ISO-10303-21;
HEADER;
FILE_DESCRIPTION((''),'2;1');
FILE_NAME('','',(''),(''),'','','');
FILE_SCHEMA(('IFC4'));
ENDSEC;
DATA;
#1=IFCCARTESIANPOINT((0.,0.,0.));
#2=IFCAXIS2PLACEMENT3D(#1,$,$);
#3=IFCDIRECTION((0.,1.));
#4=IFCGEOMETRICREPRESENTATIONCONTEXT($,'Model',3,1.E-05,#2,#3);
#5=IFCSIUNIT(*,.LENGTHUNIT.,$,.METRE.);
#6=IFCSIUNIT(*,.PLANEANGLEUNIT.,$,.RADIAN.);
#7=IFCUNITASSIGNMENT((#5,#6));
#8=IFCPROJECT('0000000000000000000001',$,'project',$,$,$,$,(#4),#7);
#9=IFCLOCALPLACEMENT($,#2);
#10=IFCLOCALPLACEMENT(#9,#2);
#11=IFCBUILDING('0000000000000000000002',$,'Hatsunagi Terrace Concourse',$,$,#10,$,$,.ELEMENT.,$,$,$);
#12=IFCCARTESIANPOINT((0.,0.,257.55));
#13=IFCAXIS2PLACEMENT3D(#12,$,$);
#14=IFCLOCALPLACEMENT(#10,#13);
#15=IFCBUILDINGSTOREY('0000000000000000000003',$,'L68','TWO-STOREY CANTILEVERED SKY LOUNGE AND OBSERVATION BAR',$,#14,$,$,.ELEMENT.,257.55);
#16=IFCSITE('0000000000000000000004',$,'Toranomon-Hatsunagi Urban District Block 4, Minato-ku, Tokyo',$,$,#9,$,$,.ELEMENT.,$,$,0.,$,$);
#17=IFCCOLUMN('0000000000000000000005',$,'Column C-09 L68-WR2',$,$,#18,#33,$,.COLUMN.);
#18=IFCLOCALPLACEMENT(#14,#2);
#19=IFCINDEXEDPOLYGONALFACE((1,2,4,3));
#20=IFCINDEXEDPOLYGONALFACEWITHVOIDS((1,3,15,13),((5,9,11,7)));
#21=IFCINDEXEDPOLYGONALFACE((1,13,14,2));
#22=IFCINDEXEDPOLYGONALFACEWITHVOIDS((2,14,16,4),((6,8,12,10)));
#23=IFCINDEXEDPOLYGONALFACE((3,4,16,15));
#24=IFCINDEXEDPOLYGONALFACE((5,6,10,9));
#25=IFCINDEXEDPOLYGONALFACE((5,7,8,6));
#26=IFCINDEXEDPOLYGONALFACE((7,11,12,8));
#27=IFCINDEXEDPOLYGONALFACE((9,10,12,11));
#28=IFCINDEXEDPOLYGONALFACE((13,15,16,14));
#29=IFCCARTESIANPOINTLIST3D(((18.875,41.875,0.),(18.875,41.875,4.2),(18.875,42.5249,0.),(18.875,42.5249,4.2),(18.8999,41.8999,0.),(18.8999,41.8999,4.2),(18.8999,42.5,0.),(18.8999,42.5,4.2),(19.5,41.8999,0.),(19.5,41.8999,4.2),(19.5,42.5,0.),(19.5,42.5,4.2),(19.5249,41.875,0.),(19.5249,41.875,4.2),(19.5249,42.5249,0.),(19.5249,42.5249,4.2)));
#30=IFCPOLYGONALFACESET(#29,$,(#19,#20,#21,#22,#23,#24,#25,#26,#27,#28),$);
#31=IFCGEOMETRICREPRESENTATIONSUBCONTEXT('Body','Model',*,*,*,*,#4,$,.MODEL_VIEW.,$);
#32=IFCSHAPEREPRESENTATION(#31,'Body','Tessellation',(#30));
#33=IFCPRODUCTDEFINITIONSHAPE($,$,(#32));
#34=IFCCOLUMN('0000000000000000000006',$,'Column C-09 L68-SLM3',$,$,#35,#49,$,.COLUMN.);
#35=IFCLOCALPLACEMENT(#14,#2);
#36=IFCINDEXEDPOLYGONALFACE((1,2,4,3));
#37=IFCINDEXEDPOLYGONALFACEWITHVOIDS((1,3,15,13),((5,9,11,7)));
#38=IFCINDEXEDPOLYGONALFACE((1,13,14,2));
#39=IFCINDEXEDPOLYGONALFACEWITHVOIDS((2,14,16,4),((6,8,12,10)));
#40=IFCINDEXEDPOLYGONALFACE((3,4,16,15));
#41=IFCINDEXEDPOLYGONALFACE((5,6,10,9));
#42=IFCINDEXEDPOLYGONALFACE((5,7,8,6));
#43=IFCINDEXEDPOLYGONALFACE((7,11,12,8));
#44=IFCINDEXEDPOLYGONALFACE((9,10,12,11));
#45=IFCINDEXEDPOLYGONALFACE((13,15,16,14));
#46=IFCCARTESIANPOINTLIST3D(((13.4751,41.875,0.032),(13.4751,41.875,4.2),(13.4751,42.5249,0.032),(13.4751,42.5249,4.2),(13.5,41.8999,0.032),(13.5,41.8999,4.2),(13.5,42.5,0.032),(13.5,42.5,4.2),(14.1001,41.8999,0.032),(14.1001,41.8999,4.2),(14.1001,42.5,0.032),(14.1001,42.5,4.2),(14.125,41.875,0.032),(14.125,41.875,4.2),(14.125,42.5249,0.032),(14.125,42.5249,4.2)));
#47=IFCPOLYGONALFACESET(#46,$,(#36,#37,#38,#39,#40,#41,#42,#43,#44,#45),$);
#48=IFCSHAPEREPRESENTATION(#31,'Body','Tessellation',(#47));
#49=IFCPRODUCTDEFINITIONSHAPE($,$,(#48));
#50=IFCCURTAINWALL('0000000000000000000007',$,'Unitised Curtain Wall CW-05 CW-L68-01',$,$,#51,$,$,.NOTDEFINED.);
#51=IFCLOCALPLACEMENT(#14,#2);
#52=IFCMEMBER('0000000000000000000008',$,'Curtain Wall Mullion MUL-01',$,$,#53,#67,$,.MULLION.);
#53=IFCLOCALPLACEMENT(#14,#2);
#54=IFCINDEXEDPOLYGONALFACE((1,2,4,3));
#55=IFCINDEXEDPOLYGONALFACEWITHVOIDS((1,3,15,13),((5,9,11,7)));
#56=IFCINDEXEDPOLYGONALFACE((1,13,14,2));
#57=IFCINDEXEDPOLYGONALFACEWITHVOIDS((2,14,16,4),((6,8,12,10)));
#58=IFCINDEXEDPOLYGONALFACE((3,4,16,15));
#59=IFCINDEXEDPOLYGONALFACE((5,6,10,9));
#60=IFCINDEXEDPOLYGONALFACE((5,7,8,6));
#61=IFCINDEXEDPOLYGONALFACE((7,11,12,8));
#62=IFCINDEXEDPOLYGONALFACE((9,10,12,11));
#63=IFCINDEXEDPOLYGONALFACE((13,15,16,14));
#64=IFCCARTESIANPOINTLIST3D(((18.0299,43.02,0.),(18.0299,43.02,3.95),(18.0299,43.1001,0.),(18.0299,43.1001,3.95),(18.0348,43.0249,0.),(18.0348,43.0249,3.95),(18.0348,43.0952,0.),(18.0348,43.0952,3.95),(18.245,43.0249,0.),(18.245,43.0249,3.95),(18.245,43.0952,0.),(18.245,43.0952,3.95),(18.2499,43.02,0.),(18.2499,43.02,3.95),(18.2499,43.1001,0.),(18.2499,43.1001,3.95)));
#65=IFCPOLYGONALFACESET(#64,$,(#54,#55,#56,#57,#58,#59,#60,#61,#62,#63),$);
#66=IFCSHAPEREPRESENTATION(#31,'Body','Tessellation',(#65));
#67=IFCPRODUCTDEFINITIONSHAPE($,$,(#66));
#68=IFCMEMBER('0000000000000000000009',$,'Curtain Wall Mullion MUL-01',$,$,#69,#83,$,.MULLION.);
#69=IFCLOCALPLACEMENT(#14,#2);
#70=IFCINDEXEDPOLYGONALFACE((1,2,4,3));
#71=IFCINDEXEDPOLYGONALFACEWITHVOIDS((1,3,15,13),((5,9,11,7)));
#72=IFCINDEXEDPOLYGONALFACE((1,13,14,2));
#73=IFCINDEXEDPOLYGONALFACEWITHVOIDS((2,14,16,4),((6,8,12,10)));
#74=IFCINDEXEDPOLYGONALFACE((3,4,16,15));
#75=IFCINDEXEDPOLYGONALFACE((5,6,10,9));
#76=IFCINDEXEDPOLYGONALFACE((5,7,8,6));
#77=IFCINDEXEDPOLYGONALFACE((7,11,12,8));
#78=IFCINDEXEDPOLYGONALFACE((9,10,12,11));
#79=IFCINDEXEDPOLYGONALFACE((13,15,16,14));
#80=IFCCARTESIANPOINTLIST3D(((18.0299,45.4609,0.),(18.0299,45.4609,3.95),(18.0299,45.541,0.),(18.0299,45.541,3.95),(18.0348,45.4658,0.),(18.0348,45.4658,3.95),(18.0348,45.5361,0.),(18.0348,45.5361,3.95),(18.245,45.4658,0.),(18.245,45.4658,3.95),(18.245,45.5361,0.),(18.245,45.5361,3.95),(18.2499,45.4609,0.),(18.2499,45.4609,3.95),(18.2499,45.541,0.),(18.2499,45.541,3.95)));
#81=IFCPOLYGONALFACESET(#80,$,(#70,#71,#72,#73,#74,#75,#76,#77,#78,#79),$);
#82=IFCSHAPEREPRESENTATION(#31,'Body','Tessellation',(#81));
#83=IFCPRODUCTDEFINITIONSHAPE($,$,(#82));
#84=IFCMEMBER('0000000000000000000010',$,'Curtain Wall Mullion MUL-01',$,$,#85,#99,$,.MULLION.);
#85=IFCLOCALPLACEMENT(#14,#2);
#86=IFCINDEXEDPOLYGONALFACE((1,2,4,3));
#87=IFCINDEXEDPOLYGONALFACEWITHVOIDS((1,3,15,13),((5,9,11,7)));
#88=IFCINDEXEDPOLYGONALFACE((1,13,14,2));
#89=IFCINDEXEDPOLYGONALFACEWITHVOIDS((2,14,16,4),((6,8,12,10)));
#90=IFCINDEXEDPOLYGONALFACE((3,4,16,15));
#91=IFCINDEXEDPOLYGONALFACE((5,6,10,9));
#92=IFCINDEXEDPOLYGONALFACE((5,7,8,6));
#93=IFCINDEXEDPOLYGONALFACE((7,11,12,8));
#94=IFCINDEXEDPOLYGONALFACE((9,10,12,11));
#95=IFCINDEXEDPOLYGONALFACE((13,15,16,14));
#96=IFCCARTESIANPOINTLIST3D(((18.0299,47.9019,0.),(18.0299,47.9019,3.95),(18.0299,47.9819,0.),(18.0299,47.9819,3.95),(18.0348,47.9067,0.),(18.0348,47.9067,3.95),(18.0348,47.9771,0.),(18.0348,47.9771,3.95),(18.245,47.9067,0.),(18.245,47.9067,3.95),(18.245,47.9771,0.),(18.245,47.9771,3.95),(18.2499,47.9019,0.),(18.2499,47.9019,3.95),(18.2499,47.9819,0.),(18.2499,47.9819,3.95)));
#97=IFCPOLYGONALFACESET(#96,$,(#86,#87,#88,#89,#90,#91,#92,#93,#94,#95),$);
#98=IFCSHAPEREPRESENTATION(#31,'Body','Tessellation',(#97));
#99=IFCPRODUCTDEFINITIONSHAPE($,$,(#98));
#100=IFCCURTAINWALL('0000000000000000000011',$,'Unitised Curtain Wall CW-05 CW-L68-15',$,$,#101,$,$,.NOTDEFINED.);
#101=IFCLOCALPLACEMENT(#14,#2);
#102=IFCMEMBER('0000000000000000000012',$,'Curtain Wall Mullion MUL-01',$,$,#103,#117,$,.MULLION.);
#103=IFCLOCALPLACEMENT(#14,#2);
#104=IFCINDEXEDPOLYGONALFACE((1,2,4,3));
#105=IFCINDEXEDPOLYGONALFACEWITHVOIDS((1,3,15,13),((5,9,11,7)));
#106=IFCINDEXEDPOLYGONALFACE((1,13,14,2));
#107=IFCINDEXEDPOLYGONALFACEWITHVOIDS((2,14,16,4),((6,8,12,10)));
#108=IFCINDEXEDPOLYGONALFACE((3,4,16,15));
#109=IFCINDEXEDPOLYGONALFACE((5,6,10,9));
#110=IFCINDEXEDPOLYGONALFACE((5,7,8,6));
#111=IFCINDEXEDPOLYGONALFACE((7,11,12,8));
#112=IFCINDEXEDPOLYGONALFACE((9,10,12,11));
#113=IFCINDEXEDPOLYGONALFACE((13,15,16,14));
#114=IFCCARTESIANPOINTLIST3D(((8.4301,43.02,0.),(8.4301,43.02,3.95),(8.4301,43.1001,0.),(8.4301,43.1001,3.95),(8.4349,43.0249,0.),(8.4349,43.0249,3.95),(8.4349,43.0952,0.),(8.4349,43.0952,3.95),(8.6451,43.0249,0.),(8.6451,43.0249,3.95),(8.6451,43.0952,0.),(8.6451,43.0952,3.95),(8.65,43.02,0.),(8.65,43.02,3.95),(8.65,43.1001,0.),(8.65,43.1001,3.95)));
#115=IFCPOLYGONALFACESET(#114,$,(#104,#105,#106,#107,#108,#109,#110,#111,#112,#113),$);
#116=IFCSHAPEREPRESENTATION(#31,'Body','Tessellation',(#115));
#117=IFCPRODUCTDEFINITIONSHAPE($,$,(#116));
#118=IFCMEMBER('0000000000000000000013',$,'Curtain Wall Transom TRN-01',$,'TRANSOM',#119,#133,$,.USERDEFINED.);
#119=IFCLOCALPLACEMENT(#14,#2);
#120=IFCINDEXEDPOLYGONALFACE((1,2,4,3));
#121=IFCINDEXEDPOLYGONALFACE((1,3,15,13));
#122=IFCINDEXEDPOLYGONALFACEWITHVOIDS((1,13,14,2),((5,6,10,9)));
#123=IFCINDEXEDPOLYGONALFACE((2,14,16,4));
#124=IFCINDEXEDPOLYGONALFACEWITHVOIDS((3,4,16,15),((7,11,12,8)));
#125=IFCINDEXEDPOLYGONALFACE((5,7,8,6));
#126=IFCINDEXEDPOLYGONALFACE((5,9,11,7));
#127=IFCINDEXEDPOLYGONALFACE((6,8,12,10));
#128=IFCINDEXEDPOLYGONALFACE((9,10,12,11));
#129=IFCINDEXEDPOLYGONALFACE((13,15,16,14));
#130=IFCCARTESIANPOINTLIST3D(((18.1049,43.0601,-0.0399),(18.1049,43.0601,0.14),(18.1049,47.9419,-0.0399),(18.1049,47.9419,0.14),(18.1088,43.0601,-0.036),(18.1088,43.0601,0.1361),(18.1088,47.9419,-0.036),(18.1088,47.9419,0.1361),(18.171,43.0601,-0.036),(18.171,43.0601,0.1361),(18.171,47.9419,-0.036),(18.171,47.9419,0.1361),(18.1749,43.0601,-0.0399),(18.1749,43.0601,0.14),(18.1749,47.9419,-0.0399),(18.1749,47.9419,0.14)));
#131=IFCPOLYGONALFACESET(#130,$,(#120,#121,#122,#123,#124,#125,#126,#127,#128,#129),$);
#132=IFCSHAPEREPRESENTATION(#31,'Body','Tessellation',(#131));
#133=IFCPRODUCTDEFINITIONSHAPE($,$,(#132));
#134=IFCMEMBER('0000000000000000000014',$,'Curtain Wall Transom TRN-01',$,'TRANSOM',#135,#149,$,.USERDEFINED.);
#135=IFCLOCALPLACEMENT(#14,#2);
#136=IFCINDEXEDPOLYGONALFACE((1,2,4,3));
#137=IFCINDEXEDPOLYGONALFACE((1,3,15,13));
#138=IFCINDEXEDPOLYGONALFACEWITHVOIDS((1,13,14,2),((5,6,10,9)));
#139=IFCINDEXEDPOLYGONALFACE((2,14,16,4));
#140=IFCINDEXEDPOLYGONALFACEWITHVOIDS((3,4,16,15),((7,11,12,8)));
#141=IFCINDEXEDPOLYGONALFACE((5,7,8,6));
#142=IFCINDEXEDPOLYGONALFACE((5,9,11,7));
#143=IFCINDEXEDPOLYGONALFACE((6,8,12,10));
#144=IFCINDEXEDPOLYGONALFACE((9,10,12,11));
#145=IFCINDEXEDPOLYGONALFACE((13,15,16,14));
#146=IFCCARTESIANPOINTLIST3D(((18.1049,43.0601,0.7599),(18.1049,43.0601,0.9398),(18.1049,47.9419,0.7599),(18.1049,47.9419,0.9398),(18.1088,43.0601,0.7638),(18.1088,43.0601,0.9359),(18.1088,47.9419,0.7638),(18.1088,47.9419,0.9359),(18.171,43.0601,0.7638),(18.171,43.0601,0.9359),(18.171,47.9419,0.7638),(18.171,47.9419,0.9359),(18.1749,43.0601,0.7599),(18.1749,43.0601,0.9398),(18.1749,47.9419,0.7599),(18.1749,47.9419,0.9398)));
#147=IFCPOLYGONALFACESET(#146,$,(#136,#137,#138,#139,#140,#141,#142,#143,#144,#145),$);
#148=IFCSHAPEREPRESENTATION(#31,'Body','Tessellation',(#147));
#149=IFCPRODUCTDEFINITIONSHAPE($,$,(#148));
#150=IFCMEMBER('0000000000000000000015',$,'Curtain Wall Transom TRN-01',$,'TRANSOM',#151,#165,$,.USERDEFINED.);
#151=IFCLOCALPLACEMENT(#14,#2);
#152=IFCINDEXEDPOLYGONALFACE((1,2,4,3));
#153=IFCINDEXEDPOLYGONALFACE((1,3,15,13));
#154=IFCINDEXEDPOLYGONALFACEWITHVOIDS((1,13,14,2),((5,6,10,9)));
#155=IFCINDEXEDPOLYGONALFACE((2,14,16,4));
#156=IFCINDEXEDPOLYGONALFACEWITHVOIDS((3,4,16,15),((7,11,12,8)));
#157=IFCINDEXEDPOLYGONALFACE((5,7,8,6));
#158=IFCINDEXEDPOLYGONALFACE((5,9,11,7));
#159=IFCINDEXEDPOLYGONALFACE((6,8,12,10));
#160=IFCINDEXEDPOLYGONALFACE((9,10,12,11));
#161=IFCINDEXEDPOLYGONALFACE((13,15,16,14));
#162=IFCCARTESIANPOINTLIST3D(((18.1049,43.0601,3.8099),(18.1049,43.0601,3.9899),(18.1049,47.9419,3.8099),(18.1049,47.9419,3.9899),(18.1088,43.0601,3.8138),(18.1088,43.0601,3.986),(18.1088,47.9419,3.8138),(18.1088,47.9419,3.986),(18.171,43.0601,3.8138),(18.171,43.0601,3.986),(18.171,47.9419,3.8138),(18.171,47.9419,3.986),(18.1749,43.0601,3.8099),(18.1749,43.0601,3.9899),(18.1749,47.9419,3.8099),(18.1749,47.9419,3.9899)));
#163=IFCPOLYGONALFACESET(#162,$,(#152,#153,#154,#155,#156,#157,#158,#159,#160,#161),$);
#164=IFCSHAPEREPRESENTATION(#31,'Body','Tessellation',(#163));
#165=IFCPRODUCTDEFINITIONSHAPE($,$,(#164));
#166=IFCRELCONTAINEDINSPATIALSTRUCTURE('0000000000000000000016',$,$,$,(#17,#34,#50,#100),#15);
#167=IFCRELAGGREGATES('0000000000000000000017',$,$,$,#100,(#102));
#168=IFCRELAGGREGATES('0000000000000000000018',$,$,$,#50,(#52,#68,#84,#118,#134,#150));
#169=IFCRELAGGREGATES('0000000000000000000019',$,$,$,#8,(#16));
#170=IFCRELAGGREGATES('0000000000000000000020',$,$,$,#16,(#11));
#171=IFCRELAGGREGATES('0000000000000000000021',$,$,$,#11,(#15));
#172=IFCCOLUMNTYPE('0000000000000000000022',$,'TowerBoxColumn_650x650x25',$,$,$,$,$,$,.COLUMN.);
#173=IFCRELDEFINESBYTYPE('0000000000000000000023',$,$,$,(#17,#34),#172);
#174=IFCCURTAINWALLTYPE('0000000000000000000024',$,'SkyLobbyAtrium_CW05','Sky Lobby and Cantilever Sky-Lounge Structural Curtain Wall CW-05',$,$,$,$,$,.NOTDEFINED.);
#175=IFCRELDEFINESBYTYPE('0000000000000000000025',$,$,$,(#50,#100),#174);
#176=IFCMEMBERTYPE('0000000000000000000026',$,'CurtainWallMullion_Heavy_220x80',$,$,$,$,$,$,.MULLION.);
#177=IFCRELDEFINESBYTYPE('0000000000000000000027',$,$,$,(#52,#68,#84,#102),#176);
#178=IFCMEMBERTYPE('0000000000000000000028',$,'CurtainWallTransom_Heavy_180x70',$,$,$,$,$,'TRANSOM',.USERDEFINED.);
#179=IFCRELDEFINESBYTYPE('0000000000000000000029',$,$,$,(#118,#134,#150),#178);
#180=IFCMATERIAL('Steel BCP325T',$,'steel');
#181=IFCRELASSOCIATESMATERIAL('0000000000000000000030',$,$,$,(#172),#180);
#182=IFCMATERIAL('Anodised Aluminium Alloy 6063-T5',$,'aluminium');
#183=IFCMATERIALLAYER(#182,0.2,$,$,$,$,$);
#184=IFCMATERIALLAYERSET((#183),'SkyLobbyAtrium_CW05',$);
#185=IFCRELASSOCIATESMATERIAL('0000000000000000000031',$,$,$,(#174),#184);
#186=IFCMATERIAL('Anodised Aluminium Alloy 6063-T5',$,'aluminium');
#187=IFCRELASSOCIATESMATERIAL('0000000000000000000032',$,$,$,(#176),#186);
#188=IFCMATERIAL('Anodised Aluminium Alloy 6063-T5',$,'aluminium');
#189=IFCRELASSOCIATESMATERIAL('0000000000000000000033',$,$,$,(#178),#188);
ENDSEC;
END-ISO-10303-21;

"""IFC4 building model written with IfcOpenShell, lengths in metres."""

from ifc_helpers import new_model, si_unit, direction, frame, origin, origin_2d, place, context, subcontext, project, spatial, hollow_rectangle, extrude, material, layer, layer_set, material_profile, profile_set, type_object, element, aggregate, save


model = new_model("IFC4")

# Units and contexts
model_context = context("Model", 3, precision=1e-05, world=origin(), true_north=direction((0.0, 1.0)))
body_context = subcontext(model_context, "Body", "Model", "MODEL_VIEW")
ifc_project = project(units=[si_unit("LENGTHUNIT", "METRE"), si_unit("PLANEANGLEUNIT", "RADIAN")], contexts=[model_context])

# Site, building, storey
site_placement = place(None, origin())
site = spatial("IfcSite", under=ifc_project, at=site_placement, Name="Toranomon-Hatsunagi Urban District Block 4, Minato-ku, Tokyo", CompositionType="ELEMENT", RefElevation=0.0)
building_placement = place(site_placement, origin())
building = spatial("IfcBuilding", under=site, at=building_placement, Name="Hatsunagi Terrace Concourse", CompositionType="ELEMENT")
storey_placement = place(building_placement, frame((0.0, 0.0, 257.55)))
storey = spatial("IfcBuildingStorey", under=building, at=storey_placement, Name="L68", Description="TWO-STOREY CANTILEVERED SKY LOUNGE AND OBSERVATION BAR", CompositionType="ELEMENT", Elevation=257.55)

# Columns
ifc_material_1 = material(Name="Steel BCP325T", Category="steel")
ifc_material_profile_1 = material_profile(ifc_material_1, hollow_rectangle(XDim=0.6499, YDim=0.6499, WallThickness=0.0249, at=origin_2d()), Name="BCP-650x650x25")
ifc_profile_set_1 = profile_set([ifc_material_profile_1], Name="Steel BCP325T")
column_type = type_object("IfcColumnType", Name="TowerBoxColumn_650x650x25", PredefinedType="COLUMN", material=ifc_profile_set_1)
column_1_placement = place(storey_placement, frame((19.2, 42.2, 0.0), z_axis=(0.0, 0.0, 1.0), x_axis=(1.0, 0.0, 0.0)))
element("IfcColumn", 1, at=column_1_placement, inside=storey, type_object=column_type, Name="Column C-09 L68-WR2", PredefinedType="COLUMN", context=body_context, shape_type="SweptSolid", body=[
    extrude(hollow_rectangle(XDim=0.6499, YDim=0.6499, WallThickness=0.0249, at=origin_2d()), origin(), (0.0, 0.0, 1.0), 4.2),
])
column_2_placement = place(storey_placement, frame((13.8, 42.2, 0.032), z_axis=(0.0, 0.0, 1.0), x_axis=(1.0, 0.0, 0.0)))
element("IfcColumn", 2, at=column_2_placement, inside=storey, type_object=column_type, Name="Column C-09 L68-SLM3", PredefinedType="COLUMN", context=body_context, shape_type="SweptSolid", body=[
    extrude(hollow_rectangle(XDim=0.6499, YDim=0.6499, WallThickness=0.0249, at=origin_2d()), origin(), (0.0, 0.0, 1.0), 4.168),
])

# Curtain wall, members
ifc_material_2 = material(Name="Anodised Aluminium Alloy 6063-T5", Category="aluminium")
ifc_layer_1 = layer(ifc_material_2, 0.2)
ifc_layer_set_1 = layer_set([ifc_layer_1], Name="SkyLobbyAtrium_CW05")
curtain_wall_type = type_object("IfcCurtainWallType", Name="SkyLobbyAtrium_CW05", Description="Sky Lobby and Cantilever Sky-Lounge Structural Curtain Wall CW-05", PredefinedType="NOTDEFINED", material=ifc_layer_set_1)
curtain_wall_1_placement = place(storey_placement, origin())
curtain_wall_1 = element("IfcCurtainWall", 3, at=curtain_wall_1_placement, inside=storey, type_object=curtain_wall_type, Name="Unitised Curtain Wall CW-05 CW-L68-01", PredefinedType="NOTDEFINED")
ifc_material_3 = material(Name="Anodised Aluminium Alloy 6063-T5", Category="aluminium")
ifc_material_profile_2 = material_profile(ifc_material_3, hollow_rectangle(XDim=0.0801, YDim=0.22, WallThickness=0.0049, at=origin_2d()), Name="ALU-MUL-220x80x5")
ifc_profile_set_2 = profile_set([ifc_material_profile_2], Name="Anodised Aluminium Alloy 6063-T5")
member_type_1 = type_object("IfcMemberType", Name="CurtainWallMullion_Heavy_220x80", PredefinedType="MULLION", material=ifc_profile_set_2)
member_1_placement = place(storey_placement, frame((18.1399, 43.0601, 0.0), z_axis=(0.0, 0.0, 1.0), x_axis=(0.0, 1.0, 0.0)))
member_1 = element("IfcMember", 4, at=member_1_placement, type_object=member_type_1, Name="Curtain Wall Mullion MUL-01", PredefinedType="MULLION", context=body_context, shape_type="SweptSolid", body=[
    extrude(hollow_rectangle(XDim=0.0801, YDim=0.22, WallThickness=0.0049, at=origin_2d()), origin(), (0.0, 0.0, 1.0), 3.95),
])
member_2_placement = place(storey_placement, frame((18.1399, 45.501, 0.0), z_axis=(0.0, 0.0, 1.0), x_axis=(0.0, 1.0, 0.0)))
member_2 = element("IfcMember", 5, at=member_2_placement, type_object=member_type_1, Name="Curtain Wall Mullion MUL-01", PredefinedType="MULLION", context=body_context, shape_type="SweptSolid", body=[
    extrude(hollow_rectangle(XDim=0.0801, YDim=0.22, WallThickness=0.0049, at=origin_2d()), origin(), (0.0, 0.0, 1.0), 3.95),
])
member_3_placement = place(storey_placement, frame((18.1399, 47.9419, 0.0), z_axis=(0.0, 0.0, 1.0), x_axis=(0.0, 1.0, 0.0)))
member_3 = element("IfcMember", 6, at=member_3_placement, type_object=member_type_1, Name="Curtain Wall Mullion MUL-01", PredefinedType="MULLION", context=body_context, shape_type="SweptSolid", body=[
    extrude(hollow_rectangle(XDim=0.0801, YDim=0.22, WallThickness=0.0049, at=origin_2d()), origin(), (0.0, 0.0, 1.0), 3.95),
])

# Curtain wall, member
curtain_wall_2_placement = place(storey_placement, origin())
curtain_wall_2 = element("IfcCurtainWall", 7, at=curtain_wall_2_placement, inside=storey, type_object=curtain_wall_type, Name="Unitised Curtain Wall CW-05 CW-L68-15", PredefinedType="NOTDEFINED")
member_4_placement = place(storey_placement, frame((8.54, 43.0601, 0.0), z_axis=(0.0, 0.0, 1.0), x_axis=(0.0, 1.0, 0.0)))
member_4 = element("IfcMember", 8, at=member_4_placement, type_object=member_type_1, Name="Curtain Wall Mullion MUL-01", PredefinedType="MULLION", context=body_context, shape_type="SweptSolid", body=[
    extrude(hollow_rectangle(XDim=0.0801, YDim=0.22, WallThickness=0.0049, at=origin_2d()), origin(), (0.0, 0.0, 1.0), 3.95),
])
aggregate(curtain_wall_2, [member_4])

# Members
ifc_material_4 = material(Name="Anodised Aluminium Alloy 6063-T5", Category="aluminium")
ifc_material_profile_3 = material_profile(ifc_material_4, hollow_rectangle(XDim=0.0701, YDim=0.1799, WallThickness=0.0039, at=origin_2d()), Name="ALU-TRN-180x70x4")
ifc_profile_set_3 = profile_set([ifc_material_profile_3], Name="Anodised Aluminium Alloy 6063-T5")
member_type_2 = type_object("IfcMemberType", Name="CurtainWallTransom_Heavy_180x70", ElementType="TRANSOM", PredefinedType="USERDEFINED", material=ifc_profile_set_3)
member_5_placement = place(storey_placement, frame((18.1399, 43.0601, 0.05), z_axis=(0.0, 1.0, 0.0), x_axis=(-1.0, 0.0, 0.0)))
member_5 = element("IfcMember", 9, at=member_5_placement, type_object=member_type_2, Name="Curtain Wall Transom TRN-01", ObjectType="TRANSOM", PredefinedType="USERDEFINED", context=body_context, shape_type="SweptSolid", body=[
    extrude(hollow_rectangle(XDim=0.0701, YDim=0.1799, WallThickness=0.0039, at=origin_2d()), origin(), (0.0, 0.0, 1.0), 4.8818),
])
member_6_placement = place(storey_placement, frame((18.1399, 43.0601, 0.8499), z_axis=(0.0, 1.0, 0.0), x_axis=(-1.0, 0.0, 0.0)))
member_6 = element("IfcMember", 10, at=member_6_placement, type_object=member_type_2, Name="Curtain Wall Transom TRN-01", ObjectType="TRANSOM", PredefinedType="USERDEFINED", context=body_context, shape_type="SweptSolid", body=[
    extrude(hollow_rectangle(XDim=0.0701, YDim=0.1799, WallThickness=0.0039, at=origin_2d()), origin(), (0.0, 0.0, 1.0), 4.8818),
])
member_7_placement = place(storey_placement, frame((18.1399, 43.0601, 3.8999), z_axis=(0.0, 1.0, 0.0), x_axis=(-1.0, 0.0, 0.0)))
member_7 = element("IfcMember", 11, at=member_7_placement, type_object=member_type_2, Name="Curtain Wall Transom TRN-01", ObjectType="TRANSOM", PredefinedType="USERDEFINED", context=body_context, shape_type="SweptSolid", body=[
    extrude(hollow_rectangle(XDim=0.0701, YDim=0.1799, WallThickness=0.0039, at=origin_2d()), origin(), (0.0, 0.0, 1.0), 4.8818),
])

aggregate(curtain_wall_1, [member_1, member_2, member_3, member_5, member_6, member_7])

save(model, "model.ifc")
